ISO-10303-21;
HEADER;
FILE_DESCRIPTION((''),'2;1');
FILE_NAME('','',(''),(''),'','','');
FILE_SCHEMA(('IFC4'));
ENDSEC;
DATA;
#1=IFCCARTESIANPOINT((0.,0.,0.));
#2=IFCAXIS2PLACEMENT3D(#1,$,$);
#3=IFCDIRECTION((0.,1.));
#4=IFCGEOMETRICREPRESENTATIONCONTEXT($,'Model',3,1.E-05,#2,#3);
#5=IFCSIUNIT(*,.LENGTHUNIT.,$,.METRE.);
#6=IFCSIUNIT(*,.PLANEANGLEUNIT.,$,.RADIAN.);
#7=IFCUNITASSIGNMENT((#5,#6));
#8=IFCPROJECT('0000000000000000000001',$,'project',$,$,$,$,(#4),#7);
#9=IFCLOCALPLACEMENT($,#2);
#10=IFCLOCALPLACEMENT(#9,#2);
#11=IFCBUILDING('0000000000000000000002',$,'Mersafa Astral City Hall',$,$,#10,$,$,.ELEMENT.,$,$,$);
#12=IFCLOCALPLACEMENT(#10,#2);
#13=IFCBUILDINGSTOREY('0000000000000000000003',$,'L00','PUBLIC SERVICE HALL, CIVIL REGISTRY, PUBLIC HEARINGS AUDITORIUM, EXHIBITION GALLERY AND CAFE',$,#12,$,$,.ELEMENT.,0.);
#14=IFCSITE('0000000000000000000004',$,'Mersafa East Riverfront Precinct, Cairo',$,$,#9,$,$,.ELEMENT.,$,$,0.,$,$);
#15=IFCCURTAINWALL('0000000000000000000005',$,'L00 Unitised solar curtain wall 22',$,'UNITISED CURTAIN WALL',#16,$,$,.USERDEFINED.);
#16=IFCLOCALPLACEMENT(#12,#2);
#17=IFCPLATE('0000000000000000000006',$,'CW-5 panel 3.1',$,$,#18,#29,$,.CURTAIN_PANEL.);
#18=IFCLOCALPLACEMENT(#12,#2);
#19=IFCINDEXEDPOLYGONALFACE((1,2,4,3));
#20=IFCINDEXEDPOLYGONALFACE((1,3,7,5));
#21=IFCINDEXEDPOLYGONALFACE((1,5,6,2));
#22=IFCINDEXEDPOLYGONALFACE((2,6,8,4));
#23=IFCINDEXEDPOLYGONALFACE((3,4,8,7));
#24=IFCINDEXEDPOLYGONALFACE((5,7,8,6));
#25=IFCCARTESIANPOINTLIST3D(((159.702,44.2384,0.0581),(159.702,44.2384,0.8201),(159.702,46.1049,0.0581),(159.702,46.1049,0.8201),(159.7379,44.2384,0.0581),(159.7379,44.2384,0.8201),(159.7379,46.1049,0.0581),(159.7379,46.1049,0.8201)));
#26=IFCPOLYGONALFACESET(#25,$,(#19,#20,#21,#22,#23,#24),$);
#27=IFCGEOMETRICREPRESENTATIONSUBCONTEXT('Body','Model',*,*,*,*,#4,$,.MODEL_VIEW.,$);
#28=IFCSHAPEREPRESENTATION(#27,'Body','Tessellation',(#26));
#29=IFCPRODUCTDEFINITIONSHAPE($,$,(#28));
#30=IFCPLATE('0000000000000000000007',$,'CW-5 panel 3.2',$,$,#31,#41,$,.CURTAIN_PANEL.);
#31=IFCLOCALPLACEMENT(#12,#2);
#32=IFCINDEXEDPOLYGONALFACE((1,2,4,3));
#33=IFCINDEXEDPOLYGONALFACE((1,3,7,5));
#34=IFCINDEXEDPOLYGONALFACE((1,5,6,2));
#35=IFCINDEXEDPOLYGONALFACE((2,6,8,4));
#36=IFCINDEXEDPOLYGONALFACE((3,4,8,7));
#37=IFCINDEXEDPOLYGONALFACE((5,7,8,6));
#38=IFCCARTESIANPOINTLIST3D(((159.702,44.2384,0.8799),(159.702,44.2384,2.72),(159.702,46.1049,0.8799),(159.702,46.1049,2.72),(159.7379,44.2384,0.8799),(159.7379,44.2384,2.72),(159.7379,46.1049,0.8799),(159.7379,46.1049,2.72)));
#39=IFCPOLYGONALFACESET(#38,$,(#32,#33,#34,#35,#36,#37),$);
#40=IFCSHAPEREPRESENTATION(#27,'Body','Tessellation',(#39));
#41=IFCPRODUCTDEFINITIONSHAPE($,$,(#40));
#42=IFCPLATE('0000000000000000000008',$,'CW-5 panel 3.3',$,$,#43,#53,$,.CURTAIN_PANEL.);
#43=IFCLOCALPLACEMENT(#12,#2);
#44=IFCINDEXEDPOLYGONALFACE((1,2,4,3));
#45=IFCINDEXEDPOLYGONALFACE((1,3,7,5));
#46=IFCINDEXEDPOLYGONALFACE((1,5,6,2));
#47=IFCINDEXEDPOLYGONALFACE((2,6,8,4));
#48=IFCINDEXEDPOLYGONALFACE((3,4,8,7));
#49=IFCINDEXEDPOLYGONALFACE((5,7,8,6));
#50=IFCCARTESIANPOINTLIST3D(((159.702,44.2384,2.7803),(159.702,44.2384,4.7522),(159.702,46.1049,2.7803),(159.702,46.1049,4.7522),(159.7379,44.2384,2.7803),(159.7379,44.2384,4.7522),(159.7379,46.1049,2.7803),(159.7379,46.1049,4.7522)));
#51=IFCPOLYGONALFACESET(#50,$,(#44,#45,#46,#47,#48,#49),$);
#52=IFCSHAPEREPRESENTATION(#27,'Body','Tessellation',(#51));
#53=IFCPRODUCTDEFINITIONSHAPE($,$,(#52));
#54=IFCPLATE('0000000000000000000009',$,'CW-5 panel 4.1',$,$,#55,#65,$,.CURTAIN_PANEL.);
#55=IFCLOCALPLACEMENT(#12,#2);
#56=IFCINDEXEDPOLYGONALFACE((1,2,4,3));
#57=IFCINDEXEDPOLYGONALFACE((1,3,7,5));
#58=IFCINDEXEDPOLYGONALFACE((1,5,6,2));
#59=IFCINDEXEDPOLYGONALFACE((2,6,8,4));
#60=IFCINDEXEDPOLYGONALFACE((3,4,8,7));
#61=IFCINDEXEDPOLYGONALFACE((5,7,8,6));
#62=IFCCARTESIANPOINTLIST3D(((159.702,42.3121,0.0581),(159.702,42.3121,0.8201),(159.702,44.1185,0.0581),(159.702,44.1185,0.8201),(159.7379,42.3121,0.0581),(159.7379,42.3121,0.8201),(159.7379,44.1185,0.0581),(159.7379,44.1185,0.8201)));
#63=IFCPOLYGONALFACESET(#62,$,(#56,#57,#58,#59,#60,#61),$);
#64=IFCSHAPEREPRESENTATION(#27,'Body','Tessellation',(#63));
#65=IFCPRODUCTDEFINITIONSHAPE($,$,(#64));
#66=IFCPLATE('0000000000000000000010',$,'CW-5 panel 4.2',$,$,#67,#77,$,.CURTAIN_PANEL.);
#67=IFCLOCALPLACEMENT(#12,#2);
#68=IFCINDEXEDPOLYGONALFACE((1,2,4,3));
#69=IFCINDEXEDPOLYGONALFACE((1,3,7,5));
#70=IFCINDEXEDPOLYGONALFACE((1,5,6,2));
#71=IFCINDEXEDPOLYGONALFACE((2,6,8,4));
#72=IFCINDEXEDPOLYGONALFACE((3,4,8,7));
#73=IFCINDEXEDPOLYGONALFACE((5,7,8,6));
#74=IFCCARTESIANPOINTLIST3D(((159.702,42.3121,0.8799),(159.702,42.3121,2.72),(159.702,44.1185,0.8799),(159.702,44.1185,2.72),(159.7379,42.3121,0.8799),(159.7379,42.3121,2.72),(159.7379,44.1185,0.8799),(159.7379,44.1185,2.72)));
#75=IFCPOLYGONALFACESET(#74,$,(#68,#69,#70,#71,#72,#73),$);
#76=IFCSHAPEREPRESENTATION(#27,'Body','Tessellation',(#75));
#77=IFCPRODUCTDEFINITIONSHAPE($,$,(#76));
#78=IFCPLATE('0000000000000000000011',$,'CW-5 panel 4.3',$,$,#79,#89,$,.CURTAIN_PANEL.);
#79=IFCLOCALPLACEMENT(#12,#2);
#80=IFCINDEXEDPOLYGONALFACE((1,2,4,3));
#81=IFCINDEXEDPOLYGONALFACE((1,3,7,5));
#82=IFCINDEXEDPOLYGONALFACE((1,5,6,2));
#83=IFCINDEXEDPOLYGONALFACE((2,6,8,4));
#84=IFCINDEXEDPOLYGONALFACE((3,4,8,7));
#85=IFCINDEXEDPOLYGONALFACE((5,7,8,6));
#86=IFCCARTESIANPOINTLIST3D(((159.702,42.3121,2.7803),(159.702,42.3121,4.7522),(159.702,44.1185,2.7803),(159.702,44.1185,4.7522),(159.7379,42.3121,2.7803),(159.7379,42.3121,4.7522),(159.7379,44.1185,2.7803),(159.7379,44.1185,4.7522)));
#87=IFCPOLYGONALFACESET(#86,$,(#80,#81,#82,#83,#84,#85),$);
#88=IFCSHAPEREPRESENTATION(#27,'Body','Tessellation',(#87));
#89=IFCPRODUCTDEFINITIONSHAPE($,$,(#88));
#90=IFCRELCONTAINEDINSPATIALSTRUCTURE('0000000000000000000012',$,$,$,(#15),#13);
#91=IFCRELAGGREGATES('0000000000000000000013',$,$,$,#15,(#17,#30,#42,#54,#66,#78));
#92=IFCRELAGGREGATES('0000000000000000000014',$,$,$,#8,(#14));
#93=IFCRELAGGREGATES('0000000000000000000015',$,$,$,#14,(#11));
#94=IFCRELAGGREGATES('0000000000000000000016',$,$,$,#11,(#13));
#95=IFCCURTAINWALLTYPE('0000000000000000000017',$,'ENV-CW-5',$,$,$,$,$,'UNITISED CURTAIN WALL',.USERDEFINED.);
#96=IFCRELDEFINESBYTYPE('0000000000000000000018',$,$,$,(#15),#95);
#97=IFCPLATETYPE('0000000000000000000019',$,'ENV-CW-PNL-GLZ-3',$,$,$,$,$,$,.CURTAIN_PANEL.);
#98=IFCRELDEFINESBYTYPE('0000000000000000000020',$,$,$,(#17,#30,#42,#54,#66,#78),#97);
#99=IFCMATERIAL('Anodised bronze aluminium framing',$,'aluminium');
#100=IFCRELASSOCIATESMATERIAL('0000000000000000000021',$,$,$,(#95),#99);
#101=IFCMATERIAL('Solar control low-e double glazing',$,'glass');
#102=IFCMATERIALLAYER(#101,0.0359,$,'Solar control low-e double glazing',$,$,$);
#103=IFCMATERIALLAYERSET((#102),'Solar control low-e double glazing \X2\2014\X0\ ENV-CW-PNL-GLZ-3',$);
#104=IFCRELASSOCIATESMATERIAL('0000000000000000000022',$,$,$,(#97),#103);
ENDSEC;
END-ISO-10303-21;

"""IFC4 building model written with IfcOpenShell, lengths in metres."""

from ifc_helpers import new_model, si_unit, direction, frame, origin, origin_2d, place, context, subcontext, project, spatial, rectangle, extrude, material, layer, layer_set, type_object, element, aggregate, save


model = new_model("IFC4")

# Units and contexts
model_context = context("Model", 3, precision=1e-05, world=origin(), true_north=direction((0.0, 1.0)))
body_context = subcontext(model_context, "Body", "Model", "MODEL_VIEW")
ifc_project = project(units=[si_unit("LENGTHUNIT", "METRE"), si_unit("PLANEANGLEUNIT", "RADIAN")], contexts=[model_context])

# Site, building, storey
site_placement = place(None, origin())
site = spatial("IfcSite", under=ifc_project, at=site_placement, Name="Mersafa East Riverfront Precinct, Cairo", CompositionType="ELEMENT", RefElevation=0.0)
building_placement = place(site_placement, origin())
building = spatial("IfcBuilding", under=site, at=building_placement, Name="Mersafa Astral City Hall", CompositionType="ELEMENT")
storey_placement = place(building_placement, origin())
storey = spatial("IfcBuildingStorey", under=building, at=storey_placement, Name="L00", Description="PUBLIC SERVICE HALL, CIVIL REGISTRY, PUBLIC HEARINGS AUDITORIUM, EXHIBITION GALLERY AND CAFE", CompositionType="ELEMENT", Elevation=0.0)

# Curtain wall
ifc_material_1 = material(Name="Anodised bronze aluminium framing", Category="aluminium")
curtain_wall_type = type_object("IfcCurtainWallType", Name="ENV-CW-5", ElementType="UNITISED CURTAIN WALL", PredefinedType="USERDEFINED", material=ifc_material_1)
curtain_wall_placement = place(storey_placement, origin())
curtain_wall = element("IfcCurtainWall", 1, at=curtain_wall_placement, inside=storey, type_object=curtain_wall_type, Name="L00 Unitised solar curtain wall 22", ObjectType="UNITISED CURTAIN WALL", PredefinedType="USERDEFINED")

# Plates
ifc_material_2 = material(Name="Solar control low-e double glazing", Category="glass")
ifc_layer = layer(ifc_material_2, 0.0359, Name="Solar control low-e double glazing")
ifc_layer_set = layer_set([ifc_layer], Name="Solar control low-e double glazing — ENV-CW-PNL-GLZ-3")
plate_type = type_object("IfcPlateType", Name="ENV-CW-PNL-GLZ-3", PredefinedType="CURTAIN_PANEL", material=ifc_layer_set)
plate_1_placement = place(storey_placement, frame((159.72, 45.1716, 0.0581), z_axis=(0.0, 0.0, 1.0), x_axis=(0.0, -1.0, 0.0)))
plate_1 = element("IfcPlate", 2, at=plate_1_placement, type_object=plate_type, Name="CW-5 panel 3.1", PredefinedType="CURTAIN_PANEL", context=body_context, shape_type="SweptSolid", body=[
    extrude(rectangle(XDim=1.8665, YDim=0.0359, at=origin_2d()), origin(), (0.0, 0.0, 1.0), 0.762),
])
plate_2_placement = place(storey_placement, frame((159.72, 45.1716, 0.8799), z_axis=(0.0, 0.0, 1.0), x_axis=(0.0, -1.0, 0.0)))
plate_2 = element("IfcPlate", 3, at=plate_2_placement, type_object=plate_type, Name="CW-5 panel 3.2", PredefinedType="CURTAIN_PANEL", context=body_context, shape_type="SweptSolid", body=[
    extrude(rectangle(XDim=1.8665, YDim=0.0359, at=origin_2d()), origin(), (0.0, 0.0, 1.0), 1.8401),
])
plate_3_placement = place(storey_placement, frame((159.72, 45.1716, 2.7803), z_axis=(0.0, 0.0, 1.0), x_axis=(0.0, -1.0, 0.0)))
plate_3 = element("IfcPlate", 4, at=plate_3_placement, type_object=plate_type, Name="CW-5 panel 3.3", PredefinedType="CURTAIN_PANEL", context=body_context, shape_type="SweptSolid", body=[
    extrude(rectangle(XDim=1.8665, YDim=0.0359, at=origin_2d()), origin(), (0.0, 0.0, 1.0), 1.9719),
])
plate_4_placement = place(storey_placement, frame((159.72, 43.2153, 0.0581), z_axis=(0.0, 0.0, 1.0), x_axis=(0.0, -1.0, 0.0)))
plate_4 = element("IfcPlate", 5, at=plate_4_placement, type_object=plate_type, Name="CW-5 panel 4.1", PredefinedType="CURTAIN_PANEL", context=body_context, shape_type="SweptSolid", body=[
    extrude(rectangle(XDim=1.8064, YDim=0.0359, at=origin_2d()), origin(), (0.0, 0.0, 1.0), 0.762),
])
plate_5_placement = place(storey_placement, frame((159.72, 43.2153, 0.8799), z_axis=(0.0, 0.0, 1.0), x_axis=(0.0, -1.0, 0.0)))
plate_5 = element("IfcPlate", 6, at=plate_5_placement, type_object=plate_type, Name="CW-5 panel 4.2", PredefinedType="CURTAIN_PANEL", context=body_context, shape_type="SweptSolid", body=[
    extrude(rectangle(XDim=1.8064, YDim=0.0359, at=origin_2d()), origin(), (0.0, 0.0, 1.0), 1.8401),
])
plate_6_placement = place(storey_placement, frame((159.72, 43.2153, 2.7803), z_axis=(0.0, 0.0, 1.0), x_axis=(0.0, -1.0, 0.0)))
plate_6 = element("IfcPlate", 7, at=plate_6_placement, type_object=plate_type, Name="CW-5 panel 4.3", PredefinedType="CURTAIN_PANEL", context=body_context, shape_type="SweptSolid", body=[
    extrude(rectangle(XDim=1.8064, YDim=0.0359, at=origin_2d()), origin(), (0.0, 0.0, 1.0), 1.9719),
])
aggregate(curtain_wall, [plate_1, plate_2, plate_3, plate_4, plate_5, plate_6])

save(model, "model.ifc")
